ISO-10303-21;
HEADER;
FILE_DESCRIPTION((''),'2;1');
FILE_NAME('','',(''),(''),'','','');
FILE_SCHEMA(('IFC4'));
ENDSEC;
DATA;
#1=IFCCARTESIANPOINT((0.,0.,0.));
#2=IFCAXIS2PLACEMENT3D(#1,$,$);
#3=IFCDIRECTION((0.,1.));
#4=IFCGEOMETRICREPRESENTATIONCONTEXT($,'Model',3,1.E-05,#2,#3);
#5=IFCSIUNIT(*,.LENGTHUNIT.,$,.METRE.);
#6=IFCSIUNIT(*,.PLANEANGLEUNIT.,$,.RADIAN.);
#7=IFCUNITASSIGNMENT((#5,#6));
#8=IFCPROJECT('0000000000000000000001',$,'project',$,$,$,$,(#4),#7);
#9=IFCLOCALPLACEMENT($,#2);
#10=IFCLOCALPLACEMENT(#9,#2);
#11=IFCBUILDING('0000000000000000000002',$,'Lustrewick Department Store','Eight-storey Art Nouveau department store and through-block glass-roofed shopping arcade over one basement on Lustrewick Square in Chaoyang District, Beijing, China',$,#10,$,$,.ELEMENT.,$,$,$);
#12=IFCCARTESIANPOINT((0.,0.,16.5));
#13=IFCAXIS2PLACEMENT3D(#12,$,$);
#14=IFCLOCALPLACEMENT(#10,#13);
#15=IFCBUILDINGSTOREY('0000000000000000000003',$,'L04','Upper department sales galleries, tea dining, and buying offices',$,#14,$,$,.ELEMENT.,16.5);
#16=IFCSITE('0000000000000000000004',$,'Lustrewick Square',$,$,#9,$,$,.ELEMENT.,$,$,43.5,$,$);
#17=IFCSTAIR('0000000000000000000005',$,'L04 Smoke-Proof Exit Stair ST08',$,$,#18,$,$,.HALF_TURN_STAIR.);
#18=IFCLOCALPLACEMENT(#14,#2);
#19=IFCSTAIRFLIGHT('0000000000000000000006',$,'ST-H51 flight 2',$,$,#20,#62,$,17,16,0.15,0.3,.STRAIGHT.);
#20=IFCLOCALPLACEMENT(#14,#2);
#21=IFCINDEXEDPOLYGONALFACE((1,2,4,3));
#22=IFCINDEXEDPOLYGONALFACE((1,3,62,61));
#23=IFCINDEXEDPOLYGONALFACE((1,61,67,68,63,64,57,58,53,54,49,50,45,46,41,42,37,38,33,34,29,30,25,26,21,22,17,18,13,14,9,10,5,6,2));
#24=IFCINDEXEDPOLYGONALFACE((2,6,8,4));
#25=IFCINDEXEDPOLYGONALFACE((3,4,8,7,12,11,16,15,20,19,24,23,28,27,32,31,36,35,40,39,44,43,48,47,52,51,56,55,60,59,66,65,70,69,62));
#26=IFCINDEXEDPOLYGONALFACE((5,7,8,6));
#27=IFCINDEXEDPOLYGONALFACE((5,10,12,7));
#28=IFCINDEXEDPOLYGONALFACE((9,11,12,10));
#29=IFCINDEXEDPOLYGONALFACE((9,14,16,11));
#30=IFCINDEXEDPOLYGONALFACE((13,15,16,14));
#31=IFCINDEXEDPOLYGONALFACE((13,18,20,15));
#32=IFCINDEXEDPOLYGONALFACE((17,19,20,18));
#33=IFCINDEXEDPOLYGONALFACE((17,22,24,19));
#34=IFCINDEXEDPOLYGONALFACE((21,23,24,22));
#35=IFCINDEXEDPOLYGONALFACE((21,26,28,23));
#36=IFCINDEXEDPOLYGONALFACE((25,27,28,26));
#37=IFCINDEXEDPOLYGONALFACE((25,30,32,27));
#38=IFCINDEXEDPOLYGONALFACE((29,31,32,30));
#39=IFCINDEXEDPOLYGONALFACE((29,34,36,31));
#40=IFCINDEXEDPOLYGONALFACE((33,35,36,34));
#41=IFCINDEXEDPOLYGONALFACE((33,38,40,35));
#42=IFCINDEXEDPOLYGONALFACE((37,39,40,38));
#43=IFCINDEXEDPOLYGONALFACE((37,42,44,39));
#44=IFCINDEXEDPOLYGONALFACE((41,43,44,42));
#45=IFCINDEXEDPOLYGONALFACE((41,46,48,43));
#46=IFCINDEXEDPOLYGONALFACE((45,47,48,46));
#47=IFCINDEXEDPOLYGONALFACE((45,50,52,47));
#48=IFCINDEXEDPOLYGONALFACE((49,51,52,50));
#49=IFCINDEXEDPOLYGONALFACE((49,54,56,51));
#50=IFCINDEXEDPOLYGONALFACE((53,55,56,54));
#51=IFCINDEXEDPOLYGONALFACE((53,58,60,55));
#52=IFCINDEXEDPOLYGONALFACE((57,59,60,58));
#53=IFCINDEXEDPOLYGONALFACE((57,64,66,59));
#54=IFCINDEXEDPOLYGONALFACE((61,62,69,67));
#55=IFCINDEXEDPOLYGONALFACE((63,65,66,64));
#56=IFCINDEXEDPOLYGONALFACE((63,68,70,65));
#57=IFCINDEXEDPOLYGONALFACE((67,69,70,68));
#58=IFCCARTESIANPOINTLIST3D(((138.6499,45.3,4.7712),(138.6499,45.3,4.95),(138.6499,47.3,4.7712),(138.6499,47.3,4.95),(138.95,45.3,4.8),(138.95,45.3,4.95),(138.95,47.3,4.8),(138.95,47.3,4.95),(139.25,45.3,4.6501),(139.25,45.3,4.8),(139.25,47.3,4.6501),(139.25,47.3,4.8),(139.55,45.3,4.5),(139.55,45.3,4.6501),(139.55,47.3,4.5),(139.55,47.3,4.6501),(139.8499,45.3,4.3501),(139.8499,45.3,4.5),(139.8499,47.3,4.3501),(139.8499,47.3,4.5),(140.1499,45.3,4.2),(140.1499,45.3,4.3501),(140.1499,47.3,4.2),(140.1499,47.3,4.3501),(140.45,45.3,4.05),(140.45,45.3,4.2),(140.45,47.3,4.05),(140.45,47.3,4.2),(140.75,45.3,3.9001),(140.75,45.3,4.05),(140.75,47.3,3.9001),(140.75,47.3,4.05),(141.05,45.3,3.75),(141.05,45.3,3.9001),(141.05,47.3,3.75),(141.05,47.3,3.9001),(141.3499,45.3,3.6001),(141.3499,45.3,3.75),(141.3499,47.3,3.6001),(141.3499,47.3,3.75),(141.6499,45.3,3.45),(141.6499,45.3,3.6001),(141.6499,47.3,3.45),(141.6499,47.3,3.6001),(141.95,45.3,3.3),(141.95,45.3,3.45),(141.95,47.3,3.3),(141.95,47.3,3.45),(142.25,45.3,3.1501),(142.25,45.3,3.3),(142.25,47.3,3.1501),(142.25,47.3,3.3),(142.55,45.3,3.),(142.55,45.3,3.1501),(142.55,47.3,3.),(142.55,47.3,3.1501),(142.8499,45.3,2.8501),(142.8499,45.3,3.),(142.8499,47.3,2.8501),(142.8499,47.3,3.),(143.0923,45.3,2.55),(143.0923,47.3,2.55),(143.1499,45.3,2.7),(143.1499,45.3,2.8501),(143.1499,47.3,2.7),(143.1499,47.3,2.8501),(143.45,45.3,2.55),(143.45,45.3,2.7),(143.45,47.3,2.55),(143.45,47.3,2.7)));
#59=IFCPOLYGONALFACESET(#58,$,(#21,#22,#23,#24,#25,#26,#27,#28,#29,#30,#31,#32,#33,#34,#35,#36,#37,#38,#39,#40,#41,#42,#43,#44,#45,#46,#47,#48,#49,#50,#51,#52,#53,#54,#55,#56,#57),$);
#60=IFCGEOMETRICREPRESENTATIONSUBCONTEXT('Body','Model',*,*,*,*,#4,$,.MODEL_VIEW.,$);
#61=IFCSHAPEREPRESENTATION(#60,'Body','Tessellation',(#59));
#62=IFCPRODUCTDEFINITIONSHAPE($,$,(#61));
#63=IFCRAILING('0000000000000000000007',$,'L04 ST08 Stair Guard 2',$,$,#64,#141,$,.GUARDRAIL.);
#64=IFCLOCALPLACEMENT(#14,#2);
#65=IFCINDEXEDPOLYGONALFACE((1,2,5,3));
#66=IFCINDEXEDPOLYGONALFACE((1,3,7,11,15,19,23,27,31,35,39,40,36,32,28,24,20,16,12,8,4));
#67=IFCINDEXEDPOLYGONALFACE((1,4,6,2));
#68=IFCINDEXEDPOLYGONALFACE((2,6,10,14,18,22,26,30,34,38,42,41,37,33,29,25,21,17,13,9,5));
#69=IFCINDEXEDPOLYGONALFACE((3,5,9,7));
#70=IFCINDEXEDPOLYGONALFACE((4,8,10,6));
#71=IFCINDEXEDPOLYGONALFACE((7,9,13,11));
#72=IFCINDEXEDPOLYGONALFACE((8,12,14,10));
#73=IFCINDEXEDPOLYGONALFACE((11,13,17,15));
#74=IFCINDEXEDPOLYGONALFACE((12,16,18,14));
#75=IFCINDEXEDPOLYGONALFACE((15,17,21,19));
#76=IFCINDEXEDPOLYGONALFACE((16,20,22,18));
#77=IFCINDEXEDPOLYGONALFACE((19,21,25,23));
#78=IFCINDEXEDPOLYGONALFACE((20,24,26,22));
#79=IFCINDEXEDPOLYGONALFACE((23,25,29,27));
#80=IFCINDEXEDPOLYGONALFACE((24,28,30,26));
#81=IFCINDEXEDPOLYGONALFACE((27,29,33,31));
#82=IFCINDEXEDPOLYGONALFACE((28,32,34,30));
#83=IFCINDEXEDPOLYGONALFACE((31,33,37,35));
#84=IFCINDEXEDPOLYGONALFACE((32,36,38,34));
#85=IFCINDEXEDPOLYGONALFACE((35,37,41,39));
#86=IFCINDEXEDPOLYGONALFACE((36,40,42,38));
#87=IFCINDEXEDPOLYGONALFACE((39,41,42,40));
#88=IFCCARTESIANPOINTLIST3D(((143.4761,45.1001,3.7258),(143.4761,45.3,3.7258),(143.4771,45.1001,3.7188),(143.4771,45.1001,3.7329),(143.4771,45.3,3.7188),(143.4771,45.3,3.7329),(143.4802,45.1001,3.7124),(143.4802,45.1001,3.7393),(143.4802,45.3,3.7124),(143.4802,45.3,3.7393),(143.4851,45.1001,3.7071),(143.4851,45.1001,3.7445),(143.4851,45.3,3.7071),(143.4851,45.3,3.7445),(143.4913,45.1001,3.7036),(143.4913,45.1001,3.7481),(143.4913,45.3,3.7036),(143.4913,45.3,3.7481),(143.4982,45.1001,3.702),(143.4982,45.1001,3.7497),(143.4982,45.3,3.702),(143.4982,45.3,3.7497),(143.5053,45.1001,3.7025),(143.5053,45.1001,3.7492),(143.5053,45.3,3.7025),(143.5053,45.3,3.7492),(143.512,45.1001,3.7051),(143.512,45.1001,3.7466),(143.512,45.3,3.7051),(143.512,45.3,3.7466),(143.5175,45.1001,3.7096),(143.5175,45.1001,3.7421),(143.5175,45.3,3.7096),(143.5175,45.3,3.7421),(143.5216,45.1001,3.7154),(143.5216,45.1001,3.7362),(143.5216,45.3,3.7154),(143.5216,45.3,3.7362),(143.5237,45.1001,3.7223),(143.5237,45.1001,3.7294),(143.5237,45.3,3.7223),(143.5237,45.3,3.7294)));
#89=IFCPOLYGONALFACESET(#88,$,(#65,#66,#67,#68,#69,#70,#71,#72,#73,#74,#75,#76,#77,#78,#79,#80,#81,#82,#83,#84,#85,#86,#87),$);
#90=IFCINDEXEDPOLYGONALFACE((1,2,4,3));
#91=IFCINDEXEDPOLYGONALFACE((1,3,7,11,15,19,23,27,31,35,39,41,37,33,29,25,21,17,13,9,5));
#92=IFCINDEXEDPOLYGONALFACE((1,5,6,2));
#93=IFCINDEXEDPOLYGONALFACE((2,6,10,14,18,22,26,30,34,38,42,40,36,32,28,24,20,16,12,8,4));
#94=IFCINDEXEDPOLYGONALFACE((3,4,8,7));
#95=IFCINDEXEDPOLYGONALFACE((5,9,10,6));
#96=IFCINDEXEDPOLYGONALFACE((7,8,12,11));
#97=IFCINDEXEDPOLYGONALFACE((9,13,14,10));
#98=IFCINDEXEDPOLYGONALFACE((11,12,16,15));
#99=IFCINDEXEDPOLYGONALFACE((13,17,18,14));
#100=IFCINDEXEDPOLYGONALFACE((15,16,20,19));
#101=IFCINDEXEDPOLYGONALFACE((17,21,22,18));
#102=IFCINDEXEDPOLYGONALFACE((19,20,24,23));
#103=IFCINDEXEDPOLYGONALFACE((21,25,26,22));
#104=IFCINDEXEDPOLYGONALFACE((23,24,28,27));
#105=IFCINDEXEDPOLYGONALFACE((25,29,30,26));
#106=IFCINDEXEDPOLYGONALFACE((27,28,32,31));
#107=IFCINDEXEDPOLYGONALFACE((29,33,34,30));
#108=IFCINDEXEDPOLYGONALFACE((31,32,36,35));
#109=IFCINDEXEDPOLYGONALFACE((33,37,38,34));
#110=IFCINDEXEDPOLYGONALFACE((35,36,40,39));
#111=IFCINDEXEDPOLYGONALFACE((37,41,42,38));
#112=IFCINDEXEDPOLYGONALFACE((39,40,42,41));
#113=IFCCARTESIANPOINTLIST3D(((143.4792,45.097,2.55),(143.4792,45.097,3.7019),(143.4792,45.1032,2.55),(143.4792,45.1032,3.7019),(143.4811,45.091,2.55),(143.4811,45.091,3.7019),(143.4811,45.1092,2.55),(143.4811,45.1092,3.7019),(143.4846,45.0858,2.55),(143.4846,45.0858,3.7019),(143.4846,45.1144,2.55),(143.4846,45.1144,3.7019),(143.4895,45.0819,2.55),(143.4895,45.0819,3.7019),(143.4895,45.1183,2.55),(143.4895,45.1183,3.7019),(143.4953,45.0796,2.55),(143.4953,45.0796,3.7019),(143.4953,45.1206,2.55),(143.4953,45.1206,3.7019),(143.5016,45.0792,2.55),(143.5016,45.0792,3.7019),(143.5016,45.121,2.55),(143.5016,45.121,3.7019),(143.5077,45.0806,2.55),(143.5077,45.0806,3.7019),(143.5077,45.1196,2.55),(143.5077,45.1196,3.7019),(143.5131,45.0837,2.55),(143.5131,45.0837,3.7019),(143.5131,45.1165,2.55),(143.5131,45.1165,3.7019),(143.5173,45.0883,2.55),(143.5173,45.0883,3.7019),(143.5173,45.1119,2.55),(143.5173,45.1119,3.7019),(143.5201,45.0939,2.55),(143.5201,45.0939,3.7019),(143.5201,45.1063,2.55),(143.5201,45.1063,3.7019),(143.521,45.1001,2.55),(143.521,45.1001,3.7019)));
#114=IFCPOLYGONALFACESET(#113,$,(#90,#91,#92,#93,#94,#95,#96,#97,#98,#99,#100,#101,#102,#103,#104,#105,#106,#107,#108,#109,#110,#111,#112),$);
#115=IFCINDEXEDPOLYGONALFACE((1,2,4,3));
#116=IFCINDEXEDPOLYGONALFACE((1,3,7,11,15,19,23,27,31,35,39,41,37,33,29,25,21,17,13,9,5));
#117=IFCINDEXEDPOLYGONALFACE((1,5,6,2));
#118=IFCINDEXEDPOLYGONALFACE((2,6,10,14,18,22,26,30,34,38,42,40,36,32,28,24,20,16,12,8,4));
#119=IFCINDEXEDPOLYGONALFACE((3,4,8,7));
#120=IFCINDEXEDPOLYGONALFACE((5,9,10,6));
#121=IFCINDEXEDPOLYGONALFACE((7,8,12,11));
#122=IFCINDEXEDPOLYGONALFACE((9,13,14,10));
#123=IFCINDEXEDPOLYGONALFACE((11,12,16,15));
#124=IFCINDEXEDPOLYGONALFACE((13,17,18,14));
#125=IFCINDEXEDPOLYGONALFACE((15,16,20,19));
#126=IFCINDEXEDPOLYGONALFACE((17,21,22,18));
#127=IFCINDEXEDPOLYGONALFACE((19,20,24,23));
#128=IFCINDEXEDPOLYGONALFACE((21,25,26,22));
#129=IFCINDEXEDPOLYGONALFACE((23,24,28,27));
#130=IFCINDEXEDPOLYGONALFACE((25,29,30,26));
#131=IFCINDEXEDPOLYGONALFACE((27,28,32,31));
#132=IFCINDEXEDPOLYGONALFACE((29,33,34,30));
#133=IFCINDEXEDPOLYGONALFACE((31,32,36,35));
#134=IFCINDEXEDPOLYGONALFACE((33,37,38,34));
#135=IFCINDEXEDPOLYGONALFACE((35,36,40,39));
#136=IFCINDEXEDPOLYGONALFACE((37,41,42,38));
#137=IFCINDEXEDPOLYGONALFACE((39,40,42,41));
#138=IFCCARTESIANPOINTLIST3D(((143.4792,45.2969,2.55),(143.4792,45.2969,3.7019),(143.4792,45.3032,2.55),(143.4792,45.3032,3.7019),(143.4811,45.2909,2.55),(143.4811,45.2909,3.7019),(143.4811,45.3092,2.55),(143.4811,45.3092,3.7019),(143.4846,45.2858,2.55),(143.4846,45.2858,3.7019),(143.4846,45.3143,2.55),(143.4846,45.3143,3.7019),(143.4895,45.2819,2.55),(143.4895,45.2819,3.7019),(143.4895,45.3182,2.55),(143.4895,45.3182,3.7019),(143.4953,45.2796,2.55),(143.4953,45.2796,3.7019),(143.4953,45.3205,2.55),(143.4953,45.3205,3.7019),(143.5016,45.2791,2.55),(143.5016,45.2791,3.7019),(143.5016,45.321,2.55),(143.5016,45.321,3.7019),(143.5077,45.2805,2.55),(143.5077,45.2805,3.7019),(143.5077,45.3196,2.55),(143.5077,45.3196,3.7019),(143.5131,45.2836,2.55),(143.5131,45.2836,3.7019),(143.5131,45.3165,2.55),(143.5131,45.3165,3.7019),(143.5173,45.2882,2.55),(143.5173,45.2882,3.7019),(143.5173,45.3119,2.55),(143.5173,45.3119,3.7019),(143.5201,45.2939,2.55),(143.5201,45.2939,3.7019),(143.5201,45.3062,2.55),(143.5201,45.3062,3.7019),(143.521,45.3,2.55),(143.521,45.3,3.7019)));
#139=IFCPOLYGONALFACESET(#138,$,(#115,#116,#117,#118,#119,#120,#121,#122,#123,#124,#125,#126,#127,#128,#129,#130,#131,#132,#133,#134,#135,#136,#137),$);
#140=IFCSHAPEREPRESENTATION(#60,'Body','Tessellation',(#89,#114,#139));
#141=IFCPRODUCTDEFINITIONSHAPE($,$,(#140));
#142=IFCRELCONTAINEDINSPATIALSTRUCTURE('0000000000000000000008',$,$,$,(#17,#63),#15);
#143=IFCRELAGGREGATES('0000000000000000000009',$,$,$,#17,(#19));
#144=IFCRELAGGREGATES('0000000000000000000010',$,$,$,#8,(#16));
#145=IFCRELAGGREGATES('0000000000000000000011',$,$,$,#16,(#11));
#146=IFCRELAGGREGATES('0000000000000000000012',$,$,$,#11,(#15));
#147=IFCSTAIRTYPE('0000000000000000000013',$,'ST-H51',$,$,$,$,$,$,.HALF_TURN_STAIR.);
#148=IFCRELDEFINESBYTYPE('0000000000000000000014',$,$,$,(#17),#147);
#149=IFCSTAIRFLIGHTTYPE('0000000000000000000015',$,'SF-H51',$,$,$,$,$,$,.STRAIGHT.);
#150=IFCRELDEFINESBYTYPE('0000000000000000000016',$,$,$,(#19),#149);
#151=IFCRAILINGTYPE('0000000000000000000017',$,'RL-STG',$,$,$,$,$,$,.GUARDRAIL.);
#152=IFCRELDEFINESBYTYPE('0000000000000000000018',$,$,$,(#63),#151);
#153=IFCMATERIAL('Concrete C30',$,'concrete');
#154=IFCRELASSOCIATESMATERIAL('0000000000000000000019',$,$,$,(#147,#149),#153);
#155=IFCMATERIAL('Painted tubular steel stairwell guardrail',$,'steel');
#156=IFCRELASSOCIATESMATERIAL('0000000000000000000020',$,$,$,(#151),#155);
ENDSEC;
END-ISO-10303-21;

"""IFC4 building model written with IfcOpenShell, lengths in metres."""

from ifc_helpers import new_model, si_unit, direction, frame, origin, origin_2d, place, context, subcontext, project, spatial, polyline, circle, outline, extrude, material, type_object, element, aggregate, save


model = new_model("IFC4")

# Units and contexts
model_context = context("Model", 3, precision=1e-05, world=origin(), true_north=direction((0.0, 1.0)))
body_context = subcontext(model_context, "Body", "Model", "MODEL_VIEW")
ifc_project = project(units=[si_unit("LENGTHUNIT", "METRE"), si_unit("PLANEANGLEUNIT", "RADIAN")], contexts=[model_context])

# Site, building, storey
site_placement = place(None, origin())
site = spatial("IfcSite", under=ifc_project, at=site_placement, Name="Lustrewick Square", CompositionType="ELEMENT", RefElevation=43.5)
building_placement = place(site_placement, origin())
building = spatial("IfcBuilding", under=site, at=building_placement, Name="Lustrewick Department Store", Description="Eight-storey Art Nouveau department store and through-block glass-roofed shopping arcade over one basement on Lustrewick Square in Chaoyang District, Beijing, China", CompositionType="ELEMENT")
storey_placement = place(building_placement, frame((0.0, 0.0, 16.5)))
storey = spatial("IfcBuildingStorey", under=building, at=storey_placement, Name="L04", Description="Upper department sales galleries, tea dining, and buying offices", CompositionType="ELEMENT", Elevation=16.5)

# Stair, stair flight
ifc_material_1 = material(Name="Concrete C30", Category="concrete")
stair_type = type_object("IfcStairType", Name="ST-H51", PredefinedType="HALF_TURN_STAIR", material=ifc_material_1)
stair_placement = place(storey_placement, origin())
stair = element("IfcStair", 1, at=stair_placement, inside=storey, type_object=stair_type, Name="L04 Smoke-Proof Exit Stair ST08", PredefinedType="HALF_TURN_STAIR")
stair_flight_type = type_object("IfcStairFlightType", Name="SF-H51", PredefinedType="STRAIGHT", material=ifc_material_1)
stair_flight_placement = place(storey_placement, frame((143.45, 46.3, 2.55), z_axis=(0.0, 0.0, 1.0), x_axis=(-1.0, 0.0, 0.0)))
stair_flight = element("IfcStairFlight", 2, at=stair_flight_placement, type_object=stair_flight_type, Name="ST-H51 flight 2", NumberOfRisers=17, NumberOfTreads=16, PredefinedType="STRAIGHT", RiserHeight=0.15, TreadLength=0.3, context=body_context, shape_type="SweptSolid", body=[
    extrude(outline(polyline([(0.0, 0.0), (0.0, 0.1499), (0.3, 0.1499), (0.3, 0.3), (0.6001, 0.3), (0.6001, 0.45), (0.8999, 0.45), (0.8999, 0.6001), (1.2, 0.6001), (1.2, 0.75), (1.5, 0.75), (1.5, 0.8999), (1.8, 0.8999), (1.8, 1.05), (2.1001, 1.05), (2.1001, 1.2), (2.3999, 1.2), (2.3999, 1.3501), (2.7, 1.3501), (2.7, 1.5), (3.0, 1.5), (3.0, 1.6499), (3.3, 1.6499), (3.3, 1.8), (3.6001, 1.8), (3.6001, 1.95), (3.8999, 1.95), (3.8999, 2.1001), (4.2, 2.1001), (4.2, 2.25), (4.5, 2.25), (4.5, 2.3999), (4.8, 2.3999), (4.8, 2.55), (4.8, 2.2212), (0.3577, 0.0), (0.0, 0.0)])), frame((0.0, 1.0, 0.0), z_axis=(0.0, -1.0, 0.0), x_axis=(1.0, 0.0, 0.0)), (0.0, 0.0, 1.0), 2.0),
])
aggregate(stair, [stair_flight])

# Railing
ifc_material_2 = material(Name="Painted tubular steel stairwell guardrail", Category="steel")
railing_type_1 = type_object("IfcRailingType", Name="RL-STG", PredefinedType="GUARDRAIL", material=ifc_material_2)
railing_1_placement = place(storey_placement, frame((143.5, 45.1001, 2.55)))
element("IfcRailing", 3, at=railing_1_placement, inside=storey, type_object=railing_type_1, Name="L04 ST08 Stair Guard 2", PredefinedType="GUARDRAIL", context=body_context, shape_type="SweptSolid", body=[
    extrude(circle(Radius=0.0239, at=origin_2d()), frame((0.0, 0.0, 1.1758), z_axis=(0.0, 1.0, 0.0), x_axis=(-1.0, 0.0, 0.0)), (0.0, 0.0, 1.0), 0.2),
    extrude(circle(Radius=0.021, at=origin_2d()), origin(), (0.0, 0.0, 1.0), 1.1519),
    extrude(circle(Radius=0.021, at=origin_2d()), frame((0.0, 0.2, 0.0)), (0.0, 0.0, 1.0), 1.1519),
])

save(model, "model.ifc")
